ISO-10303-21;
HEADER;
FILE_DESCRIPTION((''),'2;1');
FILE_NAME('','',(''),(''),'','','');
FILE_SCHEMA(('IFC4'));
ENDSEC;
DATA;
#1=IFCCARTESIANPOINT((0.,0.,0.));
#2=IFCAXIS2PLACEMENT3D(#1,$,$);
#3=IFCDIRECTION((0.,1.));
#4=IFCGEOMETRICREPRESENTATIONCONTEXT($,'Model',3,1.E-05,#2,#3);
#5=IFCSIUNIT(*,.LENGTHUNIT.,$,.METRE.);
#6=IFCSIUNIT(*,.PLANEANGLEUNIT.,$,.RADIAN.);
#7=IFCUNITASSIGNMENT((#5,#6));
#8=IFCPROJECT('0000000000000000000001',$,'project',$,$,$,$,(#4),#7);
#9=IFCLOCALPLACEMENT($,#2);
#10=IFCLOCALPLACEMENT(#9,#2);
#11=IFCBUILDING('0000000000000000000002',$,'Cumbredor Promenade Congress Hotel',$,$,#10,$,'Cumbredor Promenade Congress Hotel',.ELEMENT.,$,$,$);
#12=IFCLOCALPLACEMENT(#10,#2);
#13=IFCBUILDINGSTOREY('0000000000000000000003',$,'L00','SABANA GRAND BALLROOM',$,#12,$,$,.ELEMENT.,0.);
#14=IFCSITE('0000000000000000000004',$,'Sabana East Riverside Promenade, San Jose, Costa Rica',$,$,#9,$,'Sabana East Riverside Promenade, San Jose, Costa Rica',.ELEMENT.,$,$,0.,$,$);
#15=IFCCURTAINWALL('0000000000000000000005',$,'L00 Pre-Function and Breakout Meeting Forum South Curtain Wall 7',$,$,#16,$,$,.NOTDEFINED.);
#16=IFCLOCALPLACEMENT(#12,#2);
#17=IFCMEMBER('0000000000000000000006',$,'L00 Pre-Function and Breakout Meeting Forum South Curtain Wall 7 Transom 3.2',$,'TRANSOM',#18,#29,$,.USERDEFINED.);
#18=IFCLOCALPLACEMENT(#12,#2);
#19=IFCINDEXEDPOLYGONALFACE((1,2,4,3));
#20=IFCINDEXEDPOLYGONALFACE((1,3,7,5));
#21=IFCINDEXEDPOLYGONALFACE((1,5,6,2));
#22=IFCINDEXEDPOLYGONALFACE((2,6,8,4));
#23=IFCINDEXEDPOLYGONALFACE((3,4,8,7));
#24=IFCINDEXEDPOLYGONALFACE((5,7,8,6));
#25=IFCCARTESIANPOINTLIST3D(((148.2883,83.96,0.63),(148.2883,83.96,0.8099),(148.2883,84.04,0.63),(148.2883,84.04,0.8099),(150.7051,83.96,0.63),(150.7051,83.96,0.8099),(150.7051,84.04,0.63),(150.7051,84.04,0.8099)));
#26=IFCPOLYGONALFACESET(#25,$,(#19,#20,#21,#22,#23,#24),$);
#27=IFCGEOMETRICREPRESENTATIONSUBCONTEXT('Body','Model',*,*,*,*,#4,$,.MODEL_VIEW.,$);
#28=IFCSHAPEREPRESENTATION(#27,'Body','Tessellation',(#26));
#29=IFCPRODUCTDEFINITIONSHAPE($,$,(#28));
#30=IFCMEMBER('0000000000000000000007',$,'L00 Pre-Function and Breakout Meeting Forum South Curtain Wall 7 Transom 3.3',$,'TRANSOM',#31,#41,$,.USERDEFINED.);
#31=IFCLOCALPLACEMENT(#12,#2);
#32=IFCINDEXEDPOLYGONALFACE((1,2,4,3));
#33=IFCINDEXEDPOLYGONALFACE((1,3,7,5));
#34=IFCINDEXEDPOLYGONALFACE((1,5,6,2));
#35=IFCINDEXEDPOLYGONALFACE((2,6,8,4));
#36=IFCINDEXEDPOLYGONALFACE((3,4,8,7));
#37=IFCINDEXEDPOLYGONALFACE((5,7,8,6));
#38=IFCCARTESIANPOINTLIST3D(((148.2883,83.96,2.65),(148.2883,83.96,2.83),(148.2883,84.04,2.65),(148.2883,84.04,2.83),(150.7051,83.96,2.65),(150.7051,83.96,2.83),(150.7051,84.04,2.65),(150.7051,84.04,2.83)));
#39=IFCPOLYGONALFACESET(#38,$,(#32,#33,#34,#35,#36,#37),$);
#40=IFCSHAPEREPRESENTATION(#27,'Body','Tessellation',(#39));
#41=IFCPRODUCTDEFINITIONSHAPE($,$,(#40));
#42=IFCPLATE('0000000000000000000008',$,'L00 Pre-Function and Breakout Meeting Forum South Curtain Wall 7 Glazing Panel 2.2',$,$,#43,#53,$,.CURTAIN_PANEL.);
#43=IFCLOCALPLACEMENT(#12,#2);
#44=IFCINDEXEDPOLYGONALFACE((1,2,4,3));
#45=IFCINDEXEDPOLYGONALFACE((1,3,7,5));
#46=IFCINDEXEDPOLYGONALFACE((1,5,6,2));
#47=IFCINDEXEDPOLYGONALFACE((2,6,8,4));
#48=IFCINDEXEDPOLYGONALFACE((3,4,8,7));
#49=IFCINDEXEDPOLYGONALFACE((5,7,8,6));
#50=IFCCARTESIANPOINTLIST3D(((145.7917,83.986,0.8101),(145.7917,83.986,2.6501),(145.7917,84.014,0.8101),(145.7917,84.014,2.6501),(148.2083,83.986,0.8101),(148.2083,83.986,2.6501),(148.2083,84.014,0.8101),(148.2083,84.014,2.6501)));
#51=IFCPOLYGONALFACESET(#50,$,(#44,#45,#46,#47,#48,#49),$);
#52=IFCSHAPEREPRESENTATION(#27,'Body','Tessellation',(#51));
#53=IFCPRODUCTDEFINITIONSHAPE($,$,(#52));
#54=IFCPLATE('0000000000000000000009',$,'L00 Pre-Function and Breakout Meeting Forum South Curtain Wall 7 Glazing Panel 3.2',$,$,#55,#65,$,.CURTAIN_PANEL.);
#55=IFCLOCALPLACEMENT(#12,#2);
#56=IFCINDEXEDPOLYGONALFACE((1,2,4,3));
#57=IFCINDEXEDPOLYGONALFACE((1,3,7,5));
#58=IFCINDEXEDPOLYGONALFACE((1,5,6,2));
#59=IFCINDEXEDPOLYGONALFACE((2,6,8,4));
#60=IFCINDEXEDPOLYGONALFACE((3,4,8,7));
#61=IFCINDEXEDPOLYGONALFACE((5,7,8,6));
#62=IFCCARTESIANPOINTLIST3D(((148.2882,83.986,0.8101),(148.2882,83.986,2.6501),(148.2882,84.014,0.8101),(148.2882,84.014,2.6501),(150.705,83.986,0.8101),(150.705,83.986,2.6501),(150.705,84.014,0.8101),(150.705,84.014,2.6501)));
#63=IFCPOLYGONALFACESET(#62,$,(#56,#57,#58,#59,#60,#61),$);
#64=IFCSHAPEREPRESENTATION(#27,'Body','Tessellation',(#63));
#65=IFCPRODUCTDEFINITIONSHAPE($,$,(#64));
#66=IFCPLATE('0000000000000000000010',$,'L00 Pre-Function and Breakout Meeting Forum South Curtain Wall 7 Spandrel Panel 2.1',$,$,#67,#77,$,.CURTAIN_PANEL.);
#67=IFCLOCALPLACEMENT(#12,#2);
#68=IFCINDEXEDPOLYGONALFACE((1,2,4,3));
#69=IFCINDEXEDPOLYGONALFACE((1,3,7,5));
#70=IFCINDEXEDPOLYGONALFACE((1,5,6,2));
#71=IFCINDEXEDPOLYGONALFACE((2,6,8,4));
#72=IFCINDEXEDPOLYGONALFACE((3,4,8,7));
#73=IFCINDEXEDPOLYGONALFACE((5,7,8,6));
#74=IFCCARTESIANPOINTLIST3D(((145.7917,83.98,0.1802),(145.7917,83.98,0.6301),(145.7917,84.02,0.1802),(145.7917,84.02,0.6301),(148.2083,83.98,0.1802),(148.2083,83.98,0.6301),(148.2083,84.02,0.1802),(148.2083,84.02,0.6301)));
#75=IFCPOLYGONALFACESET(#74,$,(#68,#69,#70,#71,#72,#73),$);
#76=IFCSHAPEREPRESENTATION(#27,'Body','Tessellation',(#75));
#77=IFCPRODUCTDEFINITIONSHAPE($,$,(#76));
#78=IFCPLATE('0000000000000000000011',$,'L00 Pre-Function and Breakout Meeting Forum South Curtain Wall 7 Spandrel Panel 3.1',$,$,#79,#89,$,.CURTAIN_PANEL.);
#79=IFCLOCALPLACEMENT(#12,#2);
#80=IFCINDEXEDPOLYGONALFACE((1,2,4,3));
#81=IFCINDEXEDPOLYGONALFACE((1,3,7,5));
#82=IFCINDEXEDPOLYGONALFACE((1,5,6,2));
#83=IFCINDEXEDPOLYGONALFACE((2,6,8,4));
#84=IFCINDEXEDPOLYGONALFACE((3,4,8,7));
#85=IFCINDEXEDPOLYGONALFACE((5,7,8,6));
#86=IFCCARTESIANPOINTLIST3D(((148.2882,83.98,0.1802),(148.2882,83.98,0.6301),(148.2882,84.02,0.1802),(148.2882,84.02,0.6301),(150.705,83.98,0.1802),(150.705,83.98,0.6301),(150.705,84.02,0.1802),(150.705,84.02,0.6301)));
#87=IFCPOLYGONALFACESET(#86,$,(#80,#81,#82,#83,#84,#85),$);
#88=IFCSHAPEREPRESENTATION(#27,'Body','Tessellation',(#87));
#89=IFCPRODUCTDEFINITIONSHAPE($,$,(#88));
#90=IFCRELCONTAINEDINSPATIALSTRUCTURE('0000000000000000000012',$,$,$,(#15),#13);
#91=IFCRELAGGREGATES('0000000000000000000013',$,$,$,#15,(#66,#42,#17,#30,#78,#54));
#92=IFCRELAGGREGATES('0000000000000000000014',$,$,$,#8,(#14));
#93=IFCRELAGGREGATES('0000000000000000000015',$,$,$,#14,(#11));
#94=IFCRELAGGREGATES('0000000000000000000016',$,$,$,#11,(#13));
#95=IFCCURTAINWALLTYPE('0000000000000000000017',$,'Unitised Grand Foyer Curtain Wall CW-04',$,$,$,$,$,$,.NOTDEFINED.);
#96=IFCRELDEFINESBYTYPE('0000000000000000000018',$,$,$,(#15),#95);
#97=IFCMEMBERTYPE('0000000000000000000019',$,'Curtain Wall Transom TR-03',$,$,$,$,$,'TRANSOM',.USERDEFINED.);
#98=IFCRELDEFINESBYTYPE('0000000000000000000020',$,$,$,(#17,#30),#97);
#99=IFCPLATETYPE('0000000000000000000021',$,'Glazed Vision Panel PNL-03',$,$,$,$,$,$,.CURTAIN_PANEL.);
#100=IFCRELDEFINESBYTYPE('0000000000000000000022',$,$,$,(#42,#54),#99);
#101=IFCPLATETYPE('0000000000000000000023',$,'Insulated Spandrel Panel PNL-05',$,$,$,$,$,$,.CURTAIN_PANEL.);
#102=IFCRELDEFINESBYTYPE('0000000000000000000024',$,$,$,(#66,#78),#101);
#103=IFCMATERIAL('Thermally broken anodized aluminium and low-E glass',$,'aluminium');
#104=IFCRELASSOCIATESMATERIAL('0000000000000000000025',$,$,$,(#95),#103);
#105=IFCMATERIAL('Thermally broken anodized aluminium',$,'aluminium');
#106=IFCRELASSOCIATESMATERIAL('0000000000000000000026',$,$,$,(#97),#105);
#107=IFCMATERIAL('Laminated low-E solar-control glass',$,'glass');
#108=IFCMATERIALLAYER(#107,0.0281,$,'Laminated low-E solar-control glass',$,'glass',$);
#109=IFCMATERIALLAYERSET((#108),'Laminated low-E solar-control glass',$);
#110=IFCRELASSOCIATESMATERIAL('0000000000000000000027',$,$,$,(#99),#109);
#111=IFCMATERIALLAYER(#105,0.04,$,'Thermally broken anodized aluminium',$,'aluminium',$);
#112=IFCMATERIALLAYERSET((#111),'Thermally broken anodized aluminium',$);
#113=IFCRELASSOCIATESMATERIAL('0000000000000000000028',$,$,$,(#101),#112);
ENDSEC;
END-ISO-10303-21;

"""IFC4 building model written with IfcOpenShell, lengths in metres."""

from ifc_helpers import new_model, si_unit, direction, frame, origin, origin_2d, place, context, subcontext, project, spatial, rectangle, extrude, material, layer, layer_set, material_profile, profile_set, type_object, element, aggregate, save


model = new_model("IFC4")

# Units and contexts
model_context = context("Model", 3, precision=1e-05, world=origin(), true_north=direction((0.0, 1.0)))
body_context = subcontext(model_context, "Body", "Model", "MODEL_VIEW")
ifc_project = project(units=[si_unit("LENGTHUNIT", "METRE"), si_unit("PLANEANGLEUNIT", "RADIAN")], contexts=[model_context])

# Site, building, storey
site_placement = place(None, origin())
site = spatial("IfcSite", under=ifc_project, at=site_placement, Name="Sabana East Riverside Promenade, San Jose, Costa Rica", LongName="Sabana East Riverside Promenade, San Jose, Costa Rica", CompositionType="ELEMENT", RefElevation=0.0)
building_placement = place(site_placement, origin())
building = spatial("IfcBuilding", under=site, at=building_placement, Name="Cumbredor Promenade Congress Hotel", LongName="Cumbredor Promenade Congress Hotel", CompositionType="ELEMENT")
storey_placement = place(building_placement, origin())
storey = spatial("IfcBuildingStorey", under=building, at=storey_placement, Name="L00", Description="SABANA GRAND BALLROOM", CompositionType="ELEMENT", Elevation=0.0)

# Curtain wall, members, plates
ifc_material_1 = material(Name="Thermally broken anodized aluminium and low-E glass", Category="aluminium")
curtain_wall_type = type_object("IfcCurtainWallType", Name="Unitised Grand Foyer Curtain Wall CW-04", PredefinedType="NOTDEFINED", material=ifc_material_1)
curtain_wall_placement = place(storey_placement, origin())
curtain_wall = element("IfcCurtainWall", 1, at=curtain_wall_placement, inside=storey, type_object=curtain_wall_type, Name="L00 Pre-Function and Breakout Meeting Forum South Curtain Wall 7", PredefinedType="NOTDEFINED")
ifc_material_2 = material(Name="Thermally broken anodized aluminium", Category="aluminium")
ifc_material_profile_1 = material_profile(ifc_material_2, rectangle(XDim=0.0801, YDim=0.1799, at=origin_2d()), Name="ALU TRANSOM 80x180")
ifc_profile_set_1 = profile_set([ifc_material_profile_1], Name="Thermally broken anodized aluminium")
member_type_1 = type_object("IfcMemberType", Name="Curtain Wall Transom TR-03", ElementType="TRANSOM", PredefinedType="USERDEFINED", material=ifc_profile_set_1)
member_1_placement = place(storey_placement, frame((148.2883, 84.0, 0.72), z_axis=(1.0, 0.0, 0.0), x_axis=(0.0, 1.0, 0.0)))
member_1 = element("IfcMember", 2, at=member_1_placement, type_object=member_type_1, Name="L00 Pre-Function and Breakout Meeting Forum South Curtain Wall 7 Transom 3.2", ObjectType="TRANSOM", PredefinedType="USERDEFINED", context=body_context, shape_type="SweptSolid", body=[
    extrude(rectangle(XDim=0.0801, YDim=0.1799, at=origin_2d()), origin(), (0.0, 0.0, 1.0), 2.4167),
])
member_2_placement = place(storey_placement, frame((148.2883, 84.0, 2.74), z_axis=(1.0, 0.0, 0.0), x_axis=(0.0, 1.0, 0.0)))
member_2 = element("IfcMember", 3, at=member_2_placement, type_object=member_type_1, Name="L00 Pre-Function and Breakout Meeting Forum South Curtain Wall 7 Transom 3.3", ObjectType="TRANSOM", PredefinedType="USERDEFINED", context=body_context, shape_type="SweptSolid", body=[
    extrude(rectangle(XDim=0.0801, YDim=0.1799, at=origin_2d()), origin(), (0.0, 0.0, 1.0), 2.4167),
])
ifc_material_3 = material(Name="Laminated low-E solar-control glass", Category="glass")
ifc_layer_1 = layer(ifc_material_3, 0.0281, Name="Laminated low-E solar-control glass", Category="glass")
ifc_layer_set_1 = layer_set([ifc_layer_1], Name="Laminated low-E solar-control glass")
plate_type_1 = type_object("IfcPlateType", Name="Glazed Vision Panel PNL-03", PredefinedType="CURTAIN_PANEL", material=ifc_layer_set_1)
plate_1_placement = place(storey_placement, frame((147.0, 84.0, 0.8101), z_axis=(0.0, 0.0, 1.0), x_axis=(1.0, 0.0, 0.0)))
plate_1 = element("IfcPlate", 4, at=plate_1_placement, type_object=plate_type_1, Name="L00 Pre-Function and Breakout Meeting Forum South Curtain Wall 7 Glazing Panel 2.2", PredefinedType="CURTAIN_PANEL", context=body_context, shape_type="SweptSolid", body=[
    extrude(rectangle(XDim=2.4165, YDim=0.0281, at=origin_2d()), origin(), (0.0, 0.0, 1.0), 1.8401),
])
plate_2_placement = place(storey_placement, frame((149.4966, 84.0, 0.8101), z_axis=(0.0, 0.0, 1.0), x_axis=(1.0, 0.0, 0.0)))
plate_2 = element("IfcPlate", 5, at=plate_2_placement, type_object=plate_type_1, Name="L00 Pre-Function and Breakout Meeting Forum South Curtain Wall 7 Glazing Panel 3.2", PredefinedType="CURTAIN_PANEL", context=body_context, shape_type="SweptSolid", body=[
    extrude(rectangle(XDim=2.4167, YDim=0.0281, at=origin_2d()), origin(), (0.0, 0.0, 1.0), 1.8401),
])
ifc_layer_2 = layer(ifc_material_2, 0.04, Name="Thermally broken anodized aluminium", Category="aluminium")
ifc_layer_set_2 = layer_set([ifc_layer_2], Name="Thermally broken anodized aluminium")
plate_type_2 = type_object("IfcPlateType", Name="Insulated Spandrel Panel PNL-05", PredefinedType="CURTAIN_PANEL", material=ifc_layer_set_2)
plate_3_placement = place(storey_placement, frame((147.0, 84.0, 0.1802), z_axis=(0.0, 0.0, 1.0), x_axis=(1.0, 0.0, 0.0)))
plate_3 = element("IfcPlate", 6, at=plate_3_placement, type_object=plate_type_2, Name="L00 Pre-Function and Breakout Meeting Forum South Curtain Wall 7 Spandrel Panel 2.1", PredefinedType="CURTAIN_PANEL", context=body_context, shape_type="SweptSolid", body=[
    extrude(rectangle(XDim=2.4165, YDim=0.04, at=origin_2d()), origin(), (0.0, 0.0, 1.0), 0.45),
])
plate_4_placement = place(storey_placement, frame((149.4966, 84.0, 0.1802), z_axis=(0.0, 0.0, 1.0), x_axis=(1.0, 0.0, 0.0)))
plate_4 = element("IfcPlate", 7, at=plate_4_placement, type_object=plate_type_2, Name="L00 Pre-Function and Breakout Meeting Forum South Curtain Wall 7 Spandrel Panel 3.1", PredefinedType="CURTAIN_PANEL", context=body_context, shape_type="SweptSolid", body=[
    extrude(rectangle(XDim=2.4167, YDim=0.04, at=origin_2d()), origin(), (0.0, 0.0, 1.0), 0.45),
])
aggregate(curtain_wall, [plate_3, plate_1, member_1, member_2, plate_4, plate_2])

save(model, "model.ifc")
